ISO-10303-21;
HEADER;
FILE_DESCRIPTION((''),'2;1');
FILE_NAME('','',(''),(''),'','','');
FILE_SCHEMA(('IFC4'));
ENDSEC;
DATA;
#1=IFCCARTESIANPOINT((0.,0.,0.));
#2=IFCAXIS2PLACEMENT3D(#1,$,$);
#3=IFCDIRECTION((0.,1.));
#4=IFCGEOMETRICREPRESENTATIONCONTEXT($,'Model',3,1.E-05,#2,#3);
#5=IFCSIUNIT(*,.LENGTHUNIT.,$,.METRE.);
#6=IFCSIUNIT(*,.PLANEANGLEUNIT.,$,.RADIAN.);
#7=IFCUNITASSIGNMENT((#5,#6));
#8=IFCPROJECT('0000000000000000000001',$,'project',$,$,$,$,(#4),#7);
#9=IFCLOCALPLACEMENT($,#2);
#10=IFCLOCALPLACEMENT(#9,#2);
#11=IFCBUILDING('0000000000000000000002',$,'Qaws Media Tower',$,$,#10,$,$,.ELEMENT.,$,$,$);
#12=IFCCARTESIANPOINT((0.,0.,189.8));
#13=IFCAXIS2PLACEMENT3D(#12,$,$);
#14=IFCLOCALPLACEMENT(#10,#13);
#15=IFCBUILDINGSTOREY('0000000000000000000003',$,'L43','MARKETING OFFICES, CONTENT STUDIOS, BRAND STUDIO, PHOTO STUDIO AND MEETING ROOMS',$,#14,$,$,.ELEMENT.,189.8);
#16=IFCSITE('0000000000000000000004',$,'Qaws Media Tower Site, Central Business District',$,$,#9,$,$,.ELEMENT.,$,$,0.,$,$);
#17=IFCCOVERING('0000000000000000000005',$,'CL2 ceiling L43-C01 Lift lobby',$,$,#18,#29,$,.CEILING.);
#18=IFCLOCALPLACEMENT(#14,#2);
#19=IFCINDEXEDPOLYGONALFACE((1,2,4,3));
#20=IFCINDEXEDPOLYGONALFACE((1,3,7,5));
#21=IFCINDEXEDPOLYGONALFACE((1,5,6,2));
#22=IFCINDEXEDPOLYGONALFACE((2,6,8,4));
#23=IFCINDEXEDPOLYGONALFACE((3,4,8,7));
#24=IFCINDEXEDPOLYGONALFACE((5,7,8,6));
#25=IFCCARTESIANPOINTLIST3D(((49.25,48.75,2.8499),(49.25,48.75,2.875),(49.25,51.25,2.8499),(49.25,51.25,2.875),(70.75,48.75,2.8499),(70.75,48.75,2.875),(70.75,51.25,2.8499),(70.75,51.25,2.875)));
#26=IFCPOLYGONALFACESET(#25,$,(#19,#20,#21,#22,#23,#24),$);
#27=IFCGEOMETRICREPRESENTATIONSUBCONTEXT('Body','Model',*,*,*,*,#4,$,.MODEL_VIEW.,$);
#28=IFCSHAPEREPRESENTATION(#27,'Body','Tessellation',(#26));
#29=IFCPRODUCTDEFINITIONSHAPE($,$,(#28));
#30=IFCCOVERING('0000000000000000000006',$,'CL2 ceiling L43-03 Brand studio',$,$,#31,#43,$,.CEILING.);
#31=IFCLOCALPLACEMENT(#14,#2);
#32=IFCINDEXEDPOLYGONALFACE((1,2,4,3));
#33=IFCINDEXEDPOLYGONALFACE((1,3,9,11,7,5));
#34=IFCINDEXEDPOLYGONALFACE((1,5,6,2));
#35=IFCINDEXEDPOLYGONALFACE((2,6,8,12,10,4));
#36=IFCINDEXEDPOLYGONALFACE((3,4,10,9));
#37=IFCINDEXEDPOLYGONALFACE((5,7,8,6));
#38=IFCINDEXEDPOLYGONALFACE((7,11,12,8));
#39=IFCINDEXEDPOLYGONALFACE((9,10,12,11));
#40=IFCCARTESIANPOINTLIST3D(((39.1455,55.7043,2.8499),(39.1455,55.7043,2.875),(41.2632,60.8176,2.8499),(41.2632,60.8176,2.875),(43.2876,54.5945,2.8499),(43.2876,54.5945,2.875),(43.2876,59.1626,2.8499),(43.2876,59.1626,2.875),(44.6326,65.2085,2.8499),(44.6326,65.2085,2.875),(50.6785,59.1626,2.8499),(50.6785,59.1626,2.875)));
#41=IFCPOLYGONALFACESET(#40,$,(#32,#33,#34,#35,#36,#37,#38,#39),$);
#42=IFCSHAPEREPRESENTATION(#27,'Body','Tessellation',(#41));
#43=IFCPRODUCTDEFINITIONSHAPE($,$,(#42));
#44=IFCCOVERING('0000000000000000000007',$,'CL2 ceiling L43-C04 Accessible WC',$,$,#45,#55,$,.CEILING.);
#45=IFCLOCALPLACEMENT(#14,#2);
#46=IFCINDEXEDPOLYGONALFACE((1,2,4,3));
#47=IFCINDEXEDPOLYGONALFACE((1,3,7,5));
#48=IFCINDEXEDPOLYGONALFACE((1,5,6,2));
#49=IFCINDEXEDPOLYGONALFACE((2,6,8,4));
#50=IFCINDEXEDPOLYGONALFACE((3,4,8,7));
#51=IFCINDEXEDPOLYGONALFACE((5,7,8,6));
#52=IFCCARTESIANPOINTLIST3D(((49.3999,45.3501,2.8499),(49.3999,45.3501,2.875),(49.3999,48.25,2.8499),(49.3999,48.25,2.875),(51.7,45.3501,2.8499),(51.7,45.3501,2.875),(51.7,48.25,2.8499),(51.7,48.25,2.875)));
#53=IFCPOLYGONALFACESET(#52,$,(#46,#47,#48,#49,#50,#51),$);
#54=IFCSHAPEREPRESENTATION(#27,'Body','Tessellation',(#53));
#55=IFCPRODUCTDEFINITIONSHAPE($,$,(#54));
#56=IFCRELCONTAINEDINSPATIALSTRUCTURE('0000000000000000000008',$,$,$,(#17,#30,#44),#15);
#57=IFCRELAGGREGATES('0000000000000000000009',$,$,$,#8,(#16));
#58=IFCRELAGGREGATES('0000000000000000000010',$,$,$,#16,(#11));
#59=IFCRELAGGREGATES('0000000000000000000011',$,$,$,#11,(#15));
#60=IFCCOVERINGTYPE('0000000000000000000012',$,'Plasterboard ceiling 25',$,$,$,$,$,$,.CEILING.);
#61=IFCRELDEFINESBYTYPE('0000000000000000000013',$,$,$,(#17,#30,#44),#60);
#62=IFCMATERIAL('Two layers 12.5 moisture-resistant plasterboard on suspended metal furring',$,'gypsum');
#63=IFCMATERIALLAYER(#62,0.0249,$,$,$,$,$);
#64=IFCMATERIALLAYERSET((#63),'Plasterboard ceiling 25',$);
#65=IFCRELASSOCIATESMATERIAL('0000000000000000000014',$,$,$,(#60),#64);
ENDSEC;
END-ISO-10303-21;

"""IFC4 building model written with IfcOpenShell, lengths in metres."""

from ifc_helpers import new_model, si_unit, direction, frame, origin, place, context, subcontext, project, spatial, polyline, outline, extrude, material, layer, layer_set, type_object, element, save


model = new_model("IFC4")

# Units and contexts
model_context = context("Model", 3, precision=1e-05, world=origin(), true_north=direction((0.0, 1.0)))
body_context = subcontext(model_context, "Body", "Model", "MODEL_VIEW")
ifc_project = project(units=[si_unit("LENGTHUNIT", "METRE"), si_unit("PLANEANGLEUNIT", "RADIAN")], contexts=[model_context])

# Site, building, storey
site_placement = place(None, origin())
site = spatial("IfcSite", under=ifc_project, at=site_placement, Name="Qaws Media Tower Site, Central Business District", CompositionType="ELEMENT", RefElevation=0.0)
building_placement = place(site_placement, origin())
building = spatial("IfcBuilding", under=site, at=building_placement, Name="Qaws Media Tower", CompositionType="ELEMENT")
storey_placement = place(building_placement, frame((0.0, 0.0, 189.8)))
storey = spatial("IfcBuildingStorey", under=building, at=storey_placement, Name="L43", Description="MARKETING OFFICES, CONTENT STUDIOS, BRAND STUDIO, PHOTO STUDIO AND MEETING ROOMS", CompositionType="ELEMENT", Elevation=189.8)

# Coverings
ifc_material_1 = material(Name="Two layers 12.5 moisture-resistant plasterboard on suspended metal furring", Category="gypsum")
ifc_layer_1 = layer(ifc_material_1, 0.0249)
ifc_layer_set_1 = layer_set([ifc_layer_1], Name="Plasterboard ceiling 25")
covering_type_1 = type_object("IfcCoveringType", Name="Plasterboard ceiling 25", PredefinedType="CEILING", material=ifc_layer_set_1)
covering_1_placement = place(storey_placement, frame((0.0, 0.0, 2.8499)))
element("IfcCovering", 1, at=covering_1_placement, inside=storey, type_object=covering_type_1, Name="CL2 ceiling L43-C01 Lift lobby", PredefinedType="CEILING", context=body_context, shape_type="SweptSolid", body=[
    extrude(outline(polyline([(49.25, 48.75), (49.25, 51.25), (70.75, 51.25), (70.75, 48.75), (49.25, 48.75)])), origin(), (0.0, 0.0, 1.0), 0.0251),
])
covering_2_placement = place(storey_placement, frame((0.0, 0.0, 2.8499)))
element("IfcCovering", 2, at=covering_2_placement, inside=storey, type_object=covering_type_1, Name="CL2 ceiling L43-03 Brand studio", PredefinedType="CEILING", context=body_context, shape_type="SweptSolid", body=[
    extrude(outline(polyline([(41.2632, 60.8176), (44.6326, 65.2085), (50.6785, 59.1626), (43.2876, 59.1626), (43.2876, 54.5945), (39.1455, 55.7043), (41.2632, 60.8176)])), origin(), (0.0, 0.0, 1.0), 0.0251),
])
covering_3_placement = place(storey_placement, frame((0.0, 0.0, 2.8499)))
element("IfcCovering", 3, at=covering_3_placement, inside=storey, type_object=covering_type_1, Name="CL2 ceiling L43-C04 Accessible WC", PredefinedType="CEILING", context=body_context, shape_type="SweptSolid", body=[
    extrude(outline(polyline([(49.3999, 45.3501), (49.3999, 48.25), (51.7, 48.25), (51.7, 45.3501), (49.3999, 45.3501)])), origin(), (0.0, 0.0, 1.0), 0.0251),
])

save(model, "model.ifc")
